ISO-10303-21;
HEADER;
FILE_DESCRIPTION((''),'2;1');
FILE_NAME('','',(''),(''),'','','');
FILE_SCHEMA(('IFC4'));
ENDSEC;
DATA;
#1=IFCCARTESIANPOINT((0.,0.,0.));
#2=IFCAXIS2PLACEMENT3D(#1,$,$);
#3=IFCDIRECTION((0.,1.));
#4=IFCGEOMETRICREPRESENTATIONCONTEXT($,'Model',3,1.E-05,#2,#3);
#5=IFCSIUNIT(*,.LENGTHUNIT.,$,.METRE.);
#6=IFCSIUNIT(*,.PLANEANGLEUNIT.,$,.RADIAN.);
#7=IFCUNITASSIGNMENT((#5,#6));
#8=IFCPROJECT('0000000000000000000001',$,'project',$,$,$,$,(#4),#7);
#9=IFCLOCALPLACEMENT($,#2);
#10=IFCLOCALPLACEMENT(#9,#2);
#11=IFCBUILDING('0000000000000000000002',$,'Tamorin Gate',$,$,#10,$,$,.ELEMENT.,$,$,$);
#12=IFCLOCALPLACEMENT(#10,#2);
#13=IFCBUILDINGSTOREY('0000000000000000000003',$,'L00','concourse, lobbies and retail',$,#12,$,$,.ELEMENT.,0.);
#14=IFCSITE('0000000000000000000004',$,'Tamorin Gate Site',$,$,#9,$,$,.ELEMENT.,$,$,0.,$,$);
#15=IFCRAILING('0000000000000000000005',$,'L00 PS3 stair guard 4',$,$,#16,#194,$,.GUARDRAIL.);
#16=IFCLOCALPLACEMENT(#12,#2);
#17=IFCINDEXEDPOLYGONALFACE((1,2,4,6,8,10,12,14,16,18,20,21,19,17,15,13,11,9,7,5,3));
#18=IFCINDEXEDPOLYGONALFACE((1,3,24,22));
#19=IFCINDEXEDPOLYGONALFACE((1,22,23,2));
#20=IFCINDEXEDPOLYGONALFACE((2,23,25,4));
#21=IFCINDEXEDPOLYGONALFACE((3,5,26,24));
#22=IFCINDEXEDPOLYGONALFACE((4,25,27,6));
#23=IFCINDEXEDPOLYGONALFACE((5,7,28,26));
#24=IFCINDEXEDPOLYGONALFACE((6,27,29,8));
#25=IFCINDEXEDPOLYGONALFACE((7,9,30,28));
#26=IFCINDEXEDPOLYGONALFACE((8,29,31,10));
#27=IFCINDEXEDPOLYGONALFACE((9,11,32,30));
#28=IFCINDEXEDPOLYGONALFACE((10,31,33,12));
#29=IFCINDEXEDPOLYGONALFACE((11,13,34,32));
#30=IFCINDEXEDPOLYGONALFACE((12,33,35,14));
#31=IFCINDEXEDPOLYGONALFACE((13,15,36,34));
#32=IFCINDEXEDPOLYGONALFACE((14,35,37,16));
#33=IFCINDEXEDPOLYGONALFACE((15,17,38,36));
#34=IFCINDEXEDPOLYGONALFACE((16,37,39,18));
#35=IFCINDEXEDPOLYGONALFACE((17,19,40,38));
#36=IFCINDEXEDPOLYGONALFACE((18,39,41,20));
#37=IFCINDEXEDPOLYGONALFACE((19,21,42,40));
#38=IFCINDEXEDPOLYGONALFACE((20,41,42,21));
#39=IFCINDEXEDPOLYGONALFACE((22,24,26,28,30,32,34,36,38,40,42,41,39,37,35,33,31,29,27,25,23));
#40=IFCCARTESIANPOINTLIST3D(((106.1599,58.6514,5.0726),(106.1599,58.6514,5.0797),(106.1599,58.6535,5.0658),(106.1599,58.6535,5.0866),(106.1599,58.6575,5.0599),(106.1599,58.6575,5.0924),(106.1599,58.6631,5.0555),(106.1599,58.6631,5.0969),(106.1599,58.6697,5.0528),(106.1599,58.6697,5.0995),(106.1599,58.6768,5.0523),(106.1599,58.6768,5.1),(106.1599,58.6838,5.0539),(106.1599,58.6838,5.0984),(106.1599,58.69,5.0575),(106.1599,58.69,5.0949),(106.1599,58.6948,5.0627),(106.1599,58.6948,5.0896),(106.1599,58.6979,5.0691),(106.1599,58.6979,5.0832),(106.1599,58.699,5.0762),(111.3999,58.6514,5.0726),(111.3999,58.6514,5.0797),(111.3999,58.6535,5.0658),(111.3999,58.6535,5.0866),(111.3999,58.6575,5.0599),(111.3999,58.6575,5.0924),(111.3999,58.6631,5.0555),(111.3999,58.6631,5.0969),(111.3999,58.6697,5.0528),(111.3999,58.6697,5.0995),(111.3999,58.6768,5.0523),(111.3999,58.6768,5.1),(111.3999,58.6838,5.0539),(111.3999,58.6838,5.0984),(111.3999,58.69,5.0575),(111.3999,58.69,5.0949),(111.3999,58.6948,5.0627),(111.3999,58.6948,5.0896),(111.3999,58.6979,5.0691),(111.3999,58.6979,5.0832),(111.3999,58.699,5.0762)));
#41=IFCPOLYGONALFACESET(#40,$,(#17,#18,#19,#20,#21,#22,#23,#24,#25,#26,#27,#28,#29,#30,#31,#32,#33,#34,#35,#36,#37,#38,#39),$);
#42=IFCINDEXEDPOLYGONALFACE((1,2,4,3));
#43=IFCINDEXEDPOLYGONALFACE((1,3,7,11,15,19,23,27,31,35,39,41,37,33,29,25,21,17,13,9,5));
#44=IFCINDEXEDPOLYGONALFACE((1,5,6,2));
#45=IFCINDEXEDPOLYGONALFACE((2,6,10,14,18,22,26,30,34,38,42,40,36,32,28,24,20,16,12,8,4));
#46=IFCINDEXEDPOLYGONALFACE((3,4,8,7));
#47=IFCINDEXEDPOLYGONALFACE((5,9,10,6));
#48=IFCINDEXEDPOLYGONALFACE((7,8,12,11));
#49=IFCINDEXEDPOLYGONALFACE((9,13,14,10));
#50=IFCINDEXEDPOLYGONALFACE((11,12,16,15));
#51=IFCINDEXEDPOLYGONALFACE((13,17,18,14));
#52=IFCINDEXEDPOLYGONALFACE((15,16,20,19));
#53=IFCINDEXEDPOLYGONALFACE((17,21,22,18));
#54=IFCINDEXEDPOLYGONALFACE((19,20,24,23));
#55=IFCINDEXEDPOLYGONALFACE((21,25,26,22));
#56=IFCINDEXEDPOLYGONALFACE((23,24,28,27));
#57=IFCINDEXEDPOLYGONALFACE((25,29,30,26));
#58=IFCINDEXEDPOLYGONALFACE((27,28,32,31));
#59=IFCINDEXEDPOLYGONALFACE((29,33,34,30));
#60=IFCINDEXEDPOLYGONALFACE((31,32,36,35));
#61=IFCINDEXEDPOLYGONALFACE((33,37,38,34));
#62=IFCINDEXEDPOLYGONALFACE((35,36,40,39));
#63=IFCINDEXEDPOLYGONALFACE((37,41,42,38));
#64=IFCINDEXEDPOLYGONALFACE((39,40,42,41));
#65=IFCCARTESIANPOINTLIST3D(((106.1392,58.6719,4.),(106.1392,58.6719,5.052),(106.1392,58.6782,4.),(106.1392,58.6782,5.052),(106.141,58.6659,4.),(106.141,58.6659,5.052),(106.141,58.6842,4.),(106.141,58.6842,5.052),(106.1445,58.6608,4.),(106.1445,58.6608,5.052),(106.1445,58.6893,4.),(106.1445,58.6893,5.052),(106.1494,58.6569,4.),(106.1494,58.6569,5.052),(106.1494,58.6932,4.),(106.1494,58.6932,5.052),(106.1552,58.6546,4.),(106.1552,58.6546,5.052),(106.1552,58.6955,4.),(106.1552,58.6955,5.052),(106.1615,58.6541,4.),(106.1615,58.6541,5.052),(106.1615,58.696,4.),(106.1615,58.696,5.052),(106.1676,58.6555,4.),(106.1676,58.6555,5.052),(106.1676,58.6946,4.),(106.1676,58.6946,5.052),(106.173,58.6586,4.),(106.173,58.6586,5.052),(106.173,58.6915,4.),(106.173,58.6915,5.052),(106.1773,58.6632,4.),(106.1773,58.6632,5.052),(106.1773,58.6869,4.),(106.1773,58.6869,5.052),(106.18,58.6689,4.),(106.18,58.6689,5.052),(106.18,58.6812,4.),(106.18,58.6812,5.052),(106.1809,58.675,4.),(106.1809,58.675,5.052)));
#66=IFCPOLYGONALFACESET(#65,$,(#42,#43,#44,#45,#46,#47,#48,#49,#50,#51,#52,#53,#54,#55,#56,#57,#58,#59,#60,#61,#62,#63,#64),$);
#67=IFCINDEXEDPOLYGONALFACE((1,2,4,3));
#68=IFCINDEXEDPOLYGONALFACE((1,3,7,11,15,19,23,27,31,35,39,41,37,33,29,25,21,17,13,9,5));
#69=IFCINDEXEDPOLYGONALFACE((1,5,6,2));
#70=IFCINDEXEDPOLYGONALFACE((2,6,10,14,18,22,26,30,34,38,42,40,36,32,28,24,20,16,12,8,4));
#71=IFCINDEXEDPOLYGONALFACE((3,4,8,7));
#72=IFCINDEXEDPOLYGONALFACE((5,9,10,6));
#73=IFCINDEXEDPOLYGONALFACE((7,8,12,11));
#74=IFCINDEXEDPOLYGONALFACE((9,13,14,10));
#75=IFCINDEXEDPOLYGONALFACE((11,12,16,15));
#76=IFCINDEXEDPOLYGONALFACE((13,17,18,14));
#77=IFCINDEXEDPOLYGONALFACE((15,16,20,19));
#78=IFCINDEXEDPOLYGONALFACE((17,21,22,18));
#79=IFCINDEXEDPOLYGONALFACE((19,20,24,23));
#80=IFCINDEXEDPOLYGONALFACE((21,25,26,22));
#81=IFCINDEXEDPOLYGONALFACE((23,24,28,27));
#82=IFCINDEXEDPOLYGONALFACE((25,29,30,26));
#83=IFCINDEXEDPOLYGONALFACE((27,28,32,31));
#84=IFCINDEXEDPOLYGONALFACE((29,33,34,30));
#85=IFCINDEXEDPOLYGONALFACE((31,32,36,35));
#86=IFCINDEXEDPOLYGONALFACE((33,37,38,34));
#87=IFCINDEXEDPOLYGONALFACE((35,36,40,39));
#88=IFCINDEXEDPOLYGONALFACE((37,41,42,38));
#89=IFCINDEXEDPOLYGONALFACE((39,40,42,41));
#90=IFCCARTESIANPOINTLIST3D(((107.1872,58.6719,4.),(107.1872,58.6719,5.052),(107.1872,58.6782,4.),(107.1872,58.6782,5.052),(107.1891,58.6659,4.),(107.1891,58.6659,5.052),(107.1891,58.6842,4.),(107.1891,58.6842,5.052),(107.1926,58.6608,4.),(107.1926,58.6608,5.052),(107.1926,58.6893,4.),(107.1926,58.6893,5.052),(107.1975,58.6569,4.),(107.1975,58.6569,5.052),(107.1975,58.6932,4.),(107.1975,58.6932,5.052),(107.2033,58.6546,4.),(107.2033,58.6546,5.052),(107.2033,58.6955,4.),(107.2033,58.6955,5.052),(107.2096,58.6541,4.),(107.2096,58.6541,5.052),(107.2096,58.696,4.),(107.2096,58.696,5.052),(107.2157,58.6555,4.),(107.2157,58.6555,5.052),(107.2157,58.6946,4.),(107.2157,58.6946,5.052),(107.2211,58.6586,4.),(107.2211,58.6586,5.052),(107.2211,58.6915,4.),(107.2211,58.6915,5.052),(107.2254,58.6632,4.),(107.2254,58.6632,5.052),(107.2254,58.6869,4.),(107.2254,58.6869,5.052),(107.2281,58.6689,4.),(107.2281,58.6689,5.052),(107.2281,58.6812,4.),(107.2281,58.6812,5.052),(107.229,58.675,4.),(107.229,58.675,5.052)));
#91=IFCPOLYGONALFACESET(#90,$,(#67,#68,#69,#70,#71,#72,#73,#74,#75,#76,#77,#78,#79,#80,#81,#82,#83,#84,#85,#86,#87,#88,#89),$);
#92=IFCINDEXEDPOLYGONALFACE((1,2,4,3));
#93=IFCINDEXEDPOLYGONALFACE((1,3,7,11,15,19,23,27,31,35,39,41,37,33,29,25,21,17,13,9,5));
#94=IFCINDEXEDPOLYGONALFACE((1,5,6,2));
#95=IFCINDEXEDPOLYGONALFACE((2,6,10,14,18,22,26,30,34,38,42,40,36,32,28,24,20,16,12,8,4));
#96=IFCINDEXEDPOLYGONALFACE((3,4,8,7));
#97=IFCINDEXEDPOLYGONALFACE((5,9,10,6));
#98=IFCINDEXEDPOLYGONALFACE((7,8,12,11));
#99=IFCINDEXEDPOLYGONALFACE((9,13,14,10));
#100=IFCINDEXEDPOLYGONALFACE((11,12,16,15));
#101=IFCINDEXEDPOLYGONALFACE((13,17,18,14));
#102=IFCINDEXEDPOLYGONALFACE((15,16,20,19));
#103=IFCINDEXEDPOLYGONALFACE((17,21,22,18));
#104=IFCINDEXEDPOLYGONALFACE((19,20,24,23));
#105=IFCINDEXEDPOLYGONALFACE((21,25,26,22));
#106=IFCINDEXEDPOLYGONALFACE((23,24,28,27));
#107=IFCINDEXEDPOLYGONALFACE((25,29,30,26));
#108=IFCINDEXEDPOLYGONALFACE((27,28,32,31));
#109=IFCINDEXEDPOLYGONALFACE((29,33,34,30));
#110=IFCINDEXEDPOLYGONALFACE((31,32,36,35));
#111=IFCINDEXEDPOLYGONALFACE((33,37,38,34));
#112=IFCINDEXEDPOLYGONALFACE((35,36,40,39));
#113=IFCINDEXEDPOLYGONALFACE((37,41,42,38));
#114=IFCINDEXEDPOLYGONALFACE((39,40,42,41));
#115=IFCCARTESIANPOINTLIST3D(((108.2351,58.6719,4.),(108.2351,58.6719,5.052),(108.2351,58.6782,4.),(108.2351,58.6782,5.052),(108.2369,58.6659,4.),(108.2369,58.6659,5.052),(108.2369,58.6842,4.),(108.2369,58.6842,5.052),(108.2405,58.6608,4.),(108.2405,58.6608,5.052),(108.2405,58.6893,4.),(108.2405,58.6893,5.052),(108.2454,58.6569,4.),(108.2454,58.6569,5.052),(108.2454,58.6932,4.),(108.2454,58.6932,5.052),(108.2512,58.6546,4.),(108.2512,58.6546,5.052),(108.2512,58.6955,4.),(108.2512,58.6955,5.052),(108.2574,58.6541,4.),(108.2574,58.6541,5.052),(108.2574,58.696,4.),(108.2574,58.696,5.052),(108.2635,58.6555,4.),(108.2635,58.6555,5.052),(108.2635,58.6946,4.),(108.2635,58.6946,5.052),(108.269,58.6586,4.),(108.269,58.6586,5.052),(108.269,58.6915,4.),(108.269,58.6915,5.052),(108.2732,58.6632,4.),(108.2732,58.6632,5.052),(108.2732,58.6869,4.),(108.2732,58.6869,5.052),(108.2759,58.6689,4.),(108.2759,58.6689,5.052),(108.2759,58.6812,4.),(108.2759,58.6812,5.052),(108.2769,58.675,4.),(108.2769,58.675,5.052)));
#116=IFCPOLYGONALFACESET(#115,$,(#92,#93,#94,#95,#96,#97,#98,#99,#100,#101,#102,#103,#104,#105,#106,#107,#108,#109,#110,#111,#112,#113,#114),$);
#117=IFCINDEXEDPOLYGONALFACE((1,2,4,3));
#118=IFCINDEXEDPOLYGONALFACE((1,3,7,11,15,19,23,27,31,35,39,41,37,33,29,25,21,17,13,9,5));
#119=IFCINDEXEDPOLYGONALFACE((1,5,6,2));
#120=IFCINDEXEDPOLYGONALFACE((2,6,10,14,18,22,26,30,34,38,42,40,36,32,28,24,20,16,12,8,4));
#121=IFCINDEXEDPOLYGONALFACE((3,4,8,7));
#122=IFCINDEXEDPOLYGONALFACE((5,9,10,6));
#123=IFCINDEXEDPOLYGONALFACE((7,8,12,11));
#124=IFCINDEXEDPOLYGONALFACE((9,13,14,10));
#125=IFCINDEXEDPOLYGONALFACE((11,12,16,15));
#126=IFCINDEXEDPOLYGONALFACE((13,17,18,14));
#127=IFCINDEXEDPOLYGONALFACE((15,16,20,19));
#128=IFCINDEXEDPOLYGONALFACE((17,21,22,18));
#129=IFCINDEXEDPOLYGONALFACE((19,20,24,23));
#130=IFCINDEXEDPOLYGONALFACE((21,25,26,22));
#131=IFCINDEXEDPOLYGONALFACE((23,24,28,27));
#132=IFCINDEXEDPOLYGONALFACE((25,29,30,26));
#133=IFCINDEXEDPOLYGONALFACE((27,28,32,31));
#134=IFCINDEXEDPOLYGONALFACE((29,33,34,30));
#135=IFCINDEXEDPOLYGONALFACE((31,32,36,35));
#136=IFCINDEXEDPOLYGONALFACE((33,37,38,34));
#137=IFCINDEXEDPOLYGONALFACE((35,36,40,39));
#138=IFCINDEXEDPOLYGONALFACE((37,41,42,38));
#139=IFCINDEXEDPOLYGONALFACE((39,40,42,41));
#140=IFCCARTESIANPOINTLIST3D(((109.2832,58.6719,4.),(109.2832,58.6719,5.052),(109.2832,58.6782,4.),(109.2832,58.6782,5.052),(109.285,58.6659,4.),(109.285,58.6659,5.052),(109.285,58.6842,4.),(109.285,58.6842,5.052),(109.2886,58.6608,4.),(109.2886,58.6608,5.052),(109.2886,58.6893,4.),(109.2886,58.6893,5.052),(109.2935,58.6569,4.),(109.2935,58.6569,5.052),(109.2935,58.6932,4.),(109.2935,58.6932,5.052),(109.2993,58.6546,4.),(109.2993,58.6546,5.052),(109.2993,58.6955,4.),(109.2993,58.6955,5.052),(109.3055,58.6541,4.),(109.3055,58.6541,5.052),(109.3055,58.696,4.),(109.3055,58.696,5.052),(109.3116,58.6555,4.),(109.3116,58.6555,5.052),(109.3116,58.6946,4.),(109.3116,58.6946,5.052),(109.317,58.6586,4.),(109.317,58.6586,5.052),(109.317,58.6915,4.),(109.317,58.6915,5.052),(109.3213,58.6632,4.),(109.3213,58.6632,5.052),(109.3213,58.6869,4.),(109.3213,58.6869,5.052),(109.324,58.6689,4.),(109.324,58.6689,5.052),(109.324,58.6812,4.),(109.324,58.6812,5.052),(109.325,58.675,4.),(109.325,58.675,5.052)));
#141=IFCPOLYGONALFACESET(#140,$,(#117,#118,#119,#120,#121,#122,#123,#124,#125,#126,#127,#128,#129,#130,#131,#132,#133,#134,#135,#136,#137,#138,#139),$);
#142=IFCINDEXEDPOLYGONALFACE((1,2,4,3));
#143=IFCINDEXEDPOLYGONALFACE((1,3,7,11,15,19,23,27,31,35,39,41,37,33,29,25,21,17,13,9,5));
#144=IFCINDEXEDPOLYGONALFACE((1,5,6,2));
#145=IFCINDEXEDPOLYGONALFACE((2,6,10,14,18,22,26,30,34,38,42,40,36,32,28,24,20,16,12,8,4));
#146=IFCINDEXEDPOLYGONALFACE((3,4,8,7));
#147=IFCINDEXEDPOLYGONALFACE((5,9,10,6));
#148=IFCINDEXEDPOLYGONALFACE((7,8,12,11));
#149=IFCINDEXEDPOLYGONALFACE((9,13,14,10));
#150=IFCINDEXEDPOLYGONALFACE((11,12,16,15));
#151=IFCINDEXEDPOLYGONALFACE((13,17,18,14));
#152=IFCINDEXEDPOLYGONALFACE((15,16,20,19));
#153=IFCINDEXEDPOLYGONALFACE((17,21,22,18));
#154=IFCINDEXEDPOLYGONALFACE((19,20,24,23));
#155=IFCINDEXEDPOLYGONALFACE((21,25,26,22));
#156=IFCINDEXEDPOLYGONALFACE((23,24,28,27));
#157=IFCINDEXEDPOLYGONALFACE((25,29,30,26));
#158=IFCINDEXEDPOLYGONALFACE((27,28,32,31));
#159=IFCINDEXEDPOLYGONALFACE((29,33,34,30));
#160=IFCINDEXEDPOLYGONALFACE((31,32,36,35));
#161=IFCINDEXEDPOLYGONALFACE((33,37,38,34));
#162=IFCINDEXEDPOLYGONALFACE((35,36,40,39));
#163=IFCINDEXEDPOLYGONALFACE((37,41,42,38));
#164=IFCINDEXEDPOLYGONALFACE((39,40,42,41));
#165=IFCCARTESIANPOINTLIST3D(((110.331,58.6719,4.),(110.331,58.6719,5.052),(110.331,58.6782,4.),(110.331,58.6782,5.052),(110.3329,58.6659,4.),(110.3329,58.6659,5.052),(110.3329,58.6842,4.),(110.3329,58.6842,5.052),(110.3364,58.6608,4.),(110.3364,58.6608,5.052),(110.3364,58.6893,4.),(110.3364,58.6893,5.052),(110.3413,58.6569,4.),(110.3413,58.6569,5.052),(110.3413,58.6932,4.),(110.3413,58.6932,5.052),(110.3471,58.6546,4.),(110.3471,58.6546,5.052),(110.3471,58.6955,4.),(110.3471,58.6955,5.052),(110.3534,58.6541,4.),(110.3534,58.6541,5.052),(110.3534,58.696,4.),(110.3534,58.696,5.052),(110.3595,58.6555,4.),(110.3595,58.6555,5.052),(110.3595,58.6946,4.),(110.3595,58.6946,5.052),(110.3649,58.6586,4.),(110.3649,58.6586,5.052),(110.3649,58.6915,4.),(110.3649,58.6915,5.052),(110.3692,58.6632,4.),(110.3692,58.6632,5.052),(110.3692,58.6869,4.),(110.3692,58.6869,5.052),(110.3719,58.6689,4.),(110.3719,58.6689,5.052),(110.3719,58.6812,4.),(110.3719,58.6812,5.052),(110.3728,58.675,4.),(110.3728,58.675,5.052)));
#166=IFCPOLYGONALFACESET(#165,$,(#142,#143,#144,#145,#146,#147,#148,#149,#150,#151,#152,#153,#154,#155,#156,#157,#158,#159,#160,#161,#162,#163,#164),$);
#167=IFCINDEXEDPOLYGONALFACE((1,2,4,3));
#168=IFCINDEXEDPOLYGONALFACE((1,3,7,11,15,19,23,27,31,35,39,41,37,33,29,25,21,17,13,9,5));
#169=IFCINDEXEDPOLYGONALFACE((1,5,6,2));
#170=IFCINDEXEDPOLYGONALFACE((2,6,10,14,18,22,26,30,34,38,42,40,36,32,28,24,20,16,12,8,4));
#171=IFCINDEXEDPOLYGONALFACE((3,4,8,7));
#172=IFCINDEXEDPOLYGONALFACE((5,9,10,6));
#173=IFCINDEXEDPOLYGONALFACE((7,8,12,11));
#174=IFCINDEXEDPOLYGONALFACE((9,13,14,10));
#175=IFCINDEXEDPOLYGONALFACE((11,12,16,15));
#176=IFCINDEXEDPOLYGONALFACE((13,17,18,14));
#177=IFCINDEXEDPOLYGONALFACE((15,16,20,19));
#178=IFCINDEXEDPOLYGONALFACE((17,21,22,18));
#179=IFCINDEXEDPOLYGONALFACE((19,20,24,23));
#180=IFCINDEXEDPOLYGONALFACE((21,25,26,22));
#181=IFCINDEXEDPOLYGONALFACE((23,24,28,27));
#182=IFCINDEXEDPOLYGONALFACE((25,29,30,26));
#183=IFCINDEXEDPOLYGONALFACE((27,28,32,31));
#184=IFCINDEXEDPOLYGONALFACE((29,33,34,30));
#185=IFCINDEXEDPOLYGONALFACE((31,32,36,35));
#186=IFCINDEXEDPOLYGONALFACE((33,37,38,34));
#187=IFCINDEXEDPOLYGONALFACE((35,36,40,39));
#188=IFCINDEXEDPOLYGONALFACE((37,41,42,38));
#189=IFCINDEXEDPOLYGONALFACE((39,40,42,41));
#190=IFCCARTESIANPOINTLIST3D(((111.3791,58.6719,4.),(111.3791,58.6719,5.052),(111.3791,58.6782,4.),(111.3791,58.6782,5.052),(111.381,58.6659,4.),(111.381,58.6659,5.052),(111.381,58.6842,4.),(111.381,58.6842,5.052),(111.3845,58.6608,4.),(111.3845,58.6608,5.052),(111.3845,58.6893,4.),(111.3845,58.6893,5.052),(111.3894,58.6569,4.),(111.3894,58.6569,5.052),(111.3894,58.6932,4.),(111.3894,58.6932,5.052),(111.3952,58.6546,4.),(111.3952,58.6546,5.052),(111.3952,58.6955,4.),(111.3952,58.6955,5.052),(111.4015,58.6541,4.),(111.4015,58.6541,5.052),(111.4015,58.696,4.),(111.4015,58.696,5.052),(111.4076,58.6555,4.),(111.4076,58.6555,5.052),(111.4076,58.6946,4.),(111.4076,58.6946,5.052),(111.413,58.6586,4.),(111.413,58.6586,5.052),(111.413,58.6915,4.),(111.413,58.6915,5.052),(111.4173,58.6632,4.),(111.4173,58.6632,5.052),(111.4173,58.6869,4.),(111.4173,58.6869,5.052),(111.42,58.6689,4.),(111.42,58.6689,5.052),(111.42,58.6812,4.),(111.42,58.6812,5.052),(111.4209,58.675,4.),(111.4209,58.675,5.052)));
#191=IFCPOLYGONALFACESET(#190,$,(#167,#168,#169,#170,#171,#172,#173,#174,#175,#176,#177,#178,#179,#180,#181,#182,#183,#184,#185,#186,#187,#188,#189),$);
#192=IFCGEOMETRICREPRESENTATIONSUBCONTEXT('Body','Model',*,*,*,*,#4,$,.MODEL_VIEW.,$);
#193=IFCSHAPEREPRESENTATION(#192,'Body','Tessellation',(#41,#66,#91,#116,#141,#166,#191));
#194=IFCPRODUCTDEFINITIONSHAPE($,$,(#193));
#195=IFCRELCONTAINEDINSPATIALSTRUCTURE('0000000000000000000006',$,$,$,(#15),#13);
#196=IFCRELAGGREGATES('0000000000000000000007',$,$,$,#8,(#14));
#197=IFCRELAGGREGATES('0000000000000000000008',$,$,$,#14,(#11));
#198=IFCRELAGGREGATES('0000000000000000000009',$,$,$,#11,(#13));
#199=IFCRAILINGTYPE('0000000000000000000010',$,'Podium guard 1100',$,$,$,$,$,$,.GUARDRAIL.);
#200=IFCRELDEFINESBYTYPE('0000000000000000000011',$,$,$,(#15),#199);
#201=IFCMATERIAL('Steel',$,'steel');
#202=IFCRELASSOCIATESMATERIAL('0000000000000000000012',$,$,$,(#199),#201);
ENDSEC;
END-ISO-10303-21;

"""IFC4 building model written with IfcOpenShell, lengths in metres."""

from ifc_helpers import new_model, si_unit, direction, frame, origin, origin_2d, place, context, subcontext, project, spatial, circle, extrude, material, type_object, element, save


model = new_model("IFC4")

# Units and contexts
model_context = context("Model", 3, precision=1e-05, world=origin(), true_north=direction((0.0, 1.0)))
body_context = subcontext(model_context, "Body", "Model", "MODEL_VIEW")
ifc_project = project(units=[si_unit("LENGTHUNIT", "METRE"), si_unit("PLANEANGLEUNIT", "RADIAN")], contexts=[model_context])

# Site, building, storey
site_placement = place(None, origin())
site = spatial("IfcSite", under=ifc_project, at=site_placement, Name="Tamorin Gate Site", CompositionType="ELEMENT", RefElevation=0.0)
building_placement = place(site_placement, origin())
building = spatial("IfcBuilding", under=site, at=building_placement, Name="Tamorin Gate", CompositionType="ELEMENT")
storey_placement = place(building_placement, origin())
storey = spatial("IfcBuildingStorey", under=building, at=storey_placement, Name="L00", Description="concourse, lobbies and retail", CompositionType="ELEMENT", Elevation=0.0)

# Railing
ifc_material_1 = material(Name="Steel", Category="steel")
railing_type_1 = type_object("IfcRailingType", Name="Podium guard 1100", PredefinedType="GUARDRAIL", material=ifc_material_1)
for number, where, name in (
    (1, (106.1599, 58.675, 4.0), "L00 PS3 stair guard 4"),
):
    element("IfcRailing", number, at=place(storey_placement, frame(where)), inside=storey, type_object=railing_type_1, Name=name, PredefinedType="GUARDRAIL", context=body_context, shape_type="SweptSolid", body=[
        extrude(circle(Radius=0.0239, at=origin_2d()), frame((0.0, 0.0, 1.0762), z_axis=(1.0, 0.0, 0.0), x_axis=(0.0, 1.0, 0.0)), (0.0, 0.0, 1.0), 5.24),
        extrude(circle(Radius=0.021, at=origin_2d()), origin(), (0.0, 0.0, 1.0), 1.052),
        extrude(circle(Radius=0.021, at=origin_2d()), frame((1.0481, 0.0, 0.0)), (0.0, 0.0, 1.0), 1.052),
        extrude(circle(Radius=0.021, at=origin_2d()), frame((2.0959, 0.0, 0.0)), (0.0, 0.0, 1.0), 1.052),
        extrude(circle(Radius=0.021, at=origin_2d()), frame((3.144, 0.0, 0.0)), (0.0, 0.0, 1.0), 1.052),
        extrude(circle(Radius=0.021, at=origin_2d()), frame((4.1919, 0.0, 0.0)), (0.0, 0.0, 1.0), 1.052),
        extrude(circle(Radius=0.021, at=origin_2d()), frame((5.24, 0.0, 0.0)), (0.0, 0.0, 1.0), 1.052),
    ])

save(model, "model.ifc")
